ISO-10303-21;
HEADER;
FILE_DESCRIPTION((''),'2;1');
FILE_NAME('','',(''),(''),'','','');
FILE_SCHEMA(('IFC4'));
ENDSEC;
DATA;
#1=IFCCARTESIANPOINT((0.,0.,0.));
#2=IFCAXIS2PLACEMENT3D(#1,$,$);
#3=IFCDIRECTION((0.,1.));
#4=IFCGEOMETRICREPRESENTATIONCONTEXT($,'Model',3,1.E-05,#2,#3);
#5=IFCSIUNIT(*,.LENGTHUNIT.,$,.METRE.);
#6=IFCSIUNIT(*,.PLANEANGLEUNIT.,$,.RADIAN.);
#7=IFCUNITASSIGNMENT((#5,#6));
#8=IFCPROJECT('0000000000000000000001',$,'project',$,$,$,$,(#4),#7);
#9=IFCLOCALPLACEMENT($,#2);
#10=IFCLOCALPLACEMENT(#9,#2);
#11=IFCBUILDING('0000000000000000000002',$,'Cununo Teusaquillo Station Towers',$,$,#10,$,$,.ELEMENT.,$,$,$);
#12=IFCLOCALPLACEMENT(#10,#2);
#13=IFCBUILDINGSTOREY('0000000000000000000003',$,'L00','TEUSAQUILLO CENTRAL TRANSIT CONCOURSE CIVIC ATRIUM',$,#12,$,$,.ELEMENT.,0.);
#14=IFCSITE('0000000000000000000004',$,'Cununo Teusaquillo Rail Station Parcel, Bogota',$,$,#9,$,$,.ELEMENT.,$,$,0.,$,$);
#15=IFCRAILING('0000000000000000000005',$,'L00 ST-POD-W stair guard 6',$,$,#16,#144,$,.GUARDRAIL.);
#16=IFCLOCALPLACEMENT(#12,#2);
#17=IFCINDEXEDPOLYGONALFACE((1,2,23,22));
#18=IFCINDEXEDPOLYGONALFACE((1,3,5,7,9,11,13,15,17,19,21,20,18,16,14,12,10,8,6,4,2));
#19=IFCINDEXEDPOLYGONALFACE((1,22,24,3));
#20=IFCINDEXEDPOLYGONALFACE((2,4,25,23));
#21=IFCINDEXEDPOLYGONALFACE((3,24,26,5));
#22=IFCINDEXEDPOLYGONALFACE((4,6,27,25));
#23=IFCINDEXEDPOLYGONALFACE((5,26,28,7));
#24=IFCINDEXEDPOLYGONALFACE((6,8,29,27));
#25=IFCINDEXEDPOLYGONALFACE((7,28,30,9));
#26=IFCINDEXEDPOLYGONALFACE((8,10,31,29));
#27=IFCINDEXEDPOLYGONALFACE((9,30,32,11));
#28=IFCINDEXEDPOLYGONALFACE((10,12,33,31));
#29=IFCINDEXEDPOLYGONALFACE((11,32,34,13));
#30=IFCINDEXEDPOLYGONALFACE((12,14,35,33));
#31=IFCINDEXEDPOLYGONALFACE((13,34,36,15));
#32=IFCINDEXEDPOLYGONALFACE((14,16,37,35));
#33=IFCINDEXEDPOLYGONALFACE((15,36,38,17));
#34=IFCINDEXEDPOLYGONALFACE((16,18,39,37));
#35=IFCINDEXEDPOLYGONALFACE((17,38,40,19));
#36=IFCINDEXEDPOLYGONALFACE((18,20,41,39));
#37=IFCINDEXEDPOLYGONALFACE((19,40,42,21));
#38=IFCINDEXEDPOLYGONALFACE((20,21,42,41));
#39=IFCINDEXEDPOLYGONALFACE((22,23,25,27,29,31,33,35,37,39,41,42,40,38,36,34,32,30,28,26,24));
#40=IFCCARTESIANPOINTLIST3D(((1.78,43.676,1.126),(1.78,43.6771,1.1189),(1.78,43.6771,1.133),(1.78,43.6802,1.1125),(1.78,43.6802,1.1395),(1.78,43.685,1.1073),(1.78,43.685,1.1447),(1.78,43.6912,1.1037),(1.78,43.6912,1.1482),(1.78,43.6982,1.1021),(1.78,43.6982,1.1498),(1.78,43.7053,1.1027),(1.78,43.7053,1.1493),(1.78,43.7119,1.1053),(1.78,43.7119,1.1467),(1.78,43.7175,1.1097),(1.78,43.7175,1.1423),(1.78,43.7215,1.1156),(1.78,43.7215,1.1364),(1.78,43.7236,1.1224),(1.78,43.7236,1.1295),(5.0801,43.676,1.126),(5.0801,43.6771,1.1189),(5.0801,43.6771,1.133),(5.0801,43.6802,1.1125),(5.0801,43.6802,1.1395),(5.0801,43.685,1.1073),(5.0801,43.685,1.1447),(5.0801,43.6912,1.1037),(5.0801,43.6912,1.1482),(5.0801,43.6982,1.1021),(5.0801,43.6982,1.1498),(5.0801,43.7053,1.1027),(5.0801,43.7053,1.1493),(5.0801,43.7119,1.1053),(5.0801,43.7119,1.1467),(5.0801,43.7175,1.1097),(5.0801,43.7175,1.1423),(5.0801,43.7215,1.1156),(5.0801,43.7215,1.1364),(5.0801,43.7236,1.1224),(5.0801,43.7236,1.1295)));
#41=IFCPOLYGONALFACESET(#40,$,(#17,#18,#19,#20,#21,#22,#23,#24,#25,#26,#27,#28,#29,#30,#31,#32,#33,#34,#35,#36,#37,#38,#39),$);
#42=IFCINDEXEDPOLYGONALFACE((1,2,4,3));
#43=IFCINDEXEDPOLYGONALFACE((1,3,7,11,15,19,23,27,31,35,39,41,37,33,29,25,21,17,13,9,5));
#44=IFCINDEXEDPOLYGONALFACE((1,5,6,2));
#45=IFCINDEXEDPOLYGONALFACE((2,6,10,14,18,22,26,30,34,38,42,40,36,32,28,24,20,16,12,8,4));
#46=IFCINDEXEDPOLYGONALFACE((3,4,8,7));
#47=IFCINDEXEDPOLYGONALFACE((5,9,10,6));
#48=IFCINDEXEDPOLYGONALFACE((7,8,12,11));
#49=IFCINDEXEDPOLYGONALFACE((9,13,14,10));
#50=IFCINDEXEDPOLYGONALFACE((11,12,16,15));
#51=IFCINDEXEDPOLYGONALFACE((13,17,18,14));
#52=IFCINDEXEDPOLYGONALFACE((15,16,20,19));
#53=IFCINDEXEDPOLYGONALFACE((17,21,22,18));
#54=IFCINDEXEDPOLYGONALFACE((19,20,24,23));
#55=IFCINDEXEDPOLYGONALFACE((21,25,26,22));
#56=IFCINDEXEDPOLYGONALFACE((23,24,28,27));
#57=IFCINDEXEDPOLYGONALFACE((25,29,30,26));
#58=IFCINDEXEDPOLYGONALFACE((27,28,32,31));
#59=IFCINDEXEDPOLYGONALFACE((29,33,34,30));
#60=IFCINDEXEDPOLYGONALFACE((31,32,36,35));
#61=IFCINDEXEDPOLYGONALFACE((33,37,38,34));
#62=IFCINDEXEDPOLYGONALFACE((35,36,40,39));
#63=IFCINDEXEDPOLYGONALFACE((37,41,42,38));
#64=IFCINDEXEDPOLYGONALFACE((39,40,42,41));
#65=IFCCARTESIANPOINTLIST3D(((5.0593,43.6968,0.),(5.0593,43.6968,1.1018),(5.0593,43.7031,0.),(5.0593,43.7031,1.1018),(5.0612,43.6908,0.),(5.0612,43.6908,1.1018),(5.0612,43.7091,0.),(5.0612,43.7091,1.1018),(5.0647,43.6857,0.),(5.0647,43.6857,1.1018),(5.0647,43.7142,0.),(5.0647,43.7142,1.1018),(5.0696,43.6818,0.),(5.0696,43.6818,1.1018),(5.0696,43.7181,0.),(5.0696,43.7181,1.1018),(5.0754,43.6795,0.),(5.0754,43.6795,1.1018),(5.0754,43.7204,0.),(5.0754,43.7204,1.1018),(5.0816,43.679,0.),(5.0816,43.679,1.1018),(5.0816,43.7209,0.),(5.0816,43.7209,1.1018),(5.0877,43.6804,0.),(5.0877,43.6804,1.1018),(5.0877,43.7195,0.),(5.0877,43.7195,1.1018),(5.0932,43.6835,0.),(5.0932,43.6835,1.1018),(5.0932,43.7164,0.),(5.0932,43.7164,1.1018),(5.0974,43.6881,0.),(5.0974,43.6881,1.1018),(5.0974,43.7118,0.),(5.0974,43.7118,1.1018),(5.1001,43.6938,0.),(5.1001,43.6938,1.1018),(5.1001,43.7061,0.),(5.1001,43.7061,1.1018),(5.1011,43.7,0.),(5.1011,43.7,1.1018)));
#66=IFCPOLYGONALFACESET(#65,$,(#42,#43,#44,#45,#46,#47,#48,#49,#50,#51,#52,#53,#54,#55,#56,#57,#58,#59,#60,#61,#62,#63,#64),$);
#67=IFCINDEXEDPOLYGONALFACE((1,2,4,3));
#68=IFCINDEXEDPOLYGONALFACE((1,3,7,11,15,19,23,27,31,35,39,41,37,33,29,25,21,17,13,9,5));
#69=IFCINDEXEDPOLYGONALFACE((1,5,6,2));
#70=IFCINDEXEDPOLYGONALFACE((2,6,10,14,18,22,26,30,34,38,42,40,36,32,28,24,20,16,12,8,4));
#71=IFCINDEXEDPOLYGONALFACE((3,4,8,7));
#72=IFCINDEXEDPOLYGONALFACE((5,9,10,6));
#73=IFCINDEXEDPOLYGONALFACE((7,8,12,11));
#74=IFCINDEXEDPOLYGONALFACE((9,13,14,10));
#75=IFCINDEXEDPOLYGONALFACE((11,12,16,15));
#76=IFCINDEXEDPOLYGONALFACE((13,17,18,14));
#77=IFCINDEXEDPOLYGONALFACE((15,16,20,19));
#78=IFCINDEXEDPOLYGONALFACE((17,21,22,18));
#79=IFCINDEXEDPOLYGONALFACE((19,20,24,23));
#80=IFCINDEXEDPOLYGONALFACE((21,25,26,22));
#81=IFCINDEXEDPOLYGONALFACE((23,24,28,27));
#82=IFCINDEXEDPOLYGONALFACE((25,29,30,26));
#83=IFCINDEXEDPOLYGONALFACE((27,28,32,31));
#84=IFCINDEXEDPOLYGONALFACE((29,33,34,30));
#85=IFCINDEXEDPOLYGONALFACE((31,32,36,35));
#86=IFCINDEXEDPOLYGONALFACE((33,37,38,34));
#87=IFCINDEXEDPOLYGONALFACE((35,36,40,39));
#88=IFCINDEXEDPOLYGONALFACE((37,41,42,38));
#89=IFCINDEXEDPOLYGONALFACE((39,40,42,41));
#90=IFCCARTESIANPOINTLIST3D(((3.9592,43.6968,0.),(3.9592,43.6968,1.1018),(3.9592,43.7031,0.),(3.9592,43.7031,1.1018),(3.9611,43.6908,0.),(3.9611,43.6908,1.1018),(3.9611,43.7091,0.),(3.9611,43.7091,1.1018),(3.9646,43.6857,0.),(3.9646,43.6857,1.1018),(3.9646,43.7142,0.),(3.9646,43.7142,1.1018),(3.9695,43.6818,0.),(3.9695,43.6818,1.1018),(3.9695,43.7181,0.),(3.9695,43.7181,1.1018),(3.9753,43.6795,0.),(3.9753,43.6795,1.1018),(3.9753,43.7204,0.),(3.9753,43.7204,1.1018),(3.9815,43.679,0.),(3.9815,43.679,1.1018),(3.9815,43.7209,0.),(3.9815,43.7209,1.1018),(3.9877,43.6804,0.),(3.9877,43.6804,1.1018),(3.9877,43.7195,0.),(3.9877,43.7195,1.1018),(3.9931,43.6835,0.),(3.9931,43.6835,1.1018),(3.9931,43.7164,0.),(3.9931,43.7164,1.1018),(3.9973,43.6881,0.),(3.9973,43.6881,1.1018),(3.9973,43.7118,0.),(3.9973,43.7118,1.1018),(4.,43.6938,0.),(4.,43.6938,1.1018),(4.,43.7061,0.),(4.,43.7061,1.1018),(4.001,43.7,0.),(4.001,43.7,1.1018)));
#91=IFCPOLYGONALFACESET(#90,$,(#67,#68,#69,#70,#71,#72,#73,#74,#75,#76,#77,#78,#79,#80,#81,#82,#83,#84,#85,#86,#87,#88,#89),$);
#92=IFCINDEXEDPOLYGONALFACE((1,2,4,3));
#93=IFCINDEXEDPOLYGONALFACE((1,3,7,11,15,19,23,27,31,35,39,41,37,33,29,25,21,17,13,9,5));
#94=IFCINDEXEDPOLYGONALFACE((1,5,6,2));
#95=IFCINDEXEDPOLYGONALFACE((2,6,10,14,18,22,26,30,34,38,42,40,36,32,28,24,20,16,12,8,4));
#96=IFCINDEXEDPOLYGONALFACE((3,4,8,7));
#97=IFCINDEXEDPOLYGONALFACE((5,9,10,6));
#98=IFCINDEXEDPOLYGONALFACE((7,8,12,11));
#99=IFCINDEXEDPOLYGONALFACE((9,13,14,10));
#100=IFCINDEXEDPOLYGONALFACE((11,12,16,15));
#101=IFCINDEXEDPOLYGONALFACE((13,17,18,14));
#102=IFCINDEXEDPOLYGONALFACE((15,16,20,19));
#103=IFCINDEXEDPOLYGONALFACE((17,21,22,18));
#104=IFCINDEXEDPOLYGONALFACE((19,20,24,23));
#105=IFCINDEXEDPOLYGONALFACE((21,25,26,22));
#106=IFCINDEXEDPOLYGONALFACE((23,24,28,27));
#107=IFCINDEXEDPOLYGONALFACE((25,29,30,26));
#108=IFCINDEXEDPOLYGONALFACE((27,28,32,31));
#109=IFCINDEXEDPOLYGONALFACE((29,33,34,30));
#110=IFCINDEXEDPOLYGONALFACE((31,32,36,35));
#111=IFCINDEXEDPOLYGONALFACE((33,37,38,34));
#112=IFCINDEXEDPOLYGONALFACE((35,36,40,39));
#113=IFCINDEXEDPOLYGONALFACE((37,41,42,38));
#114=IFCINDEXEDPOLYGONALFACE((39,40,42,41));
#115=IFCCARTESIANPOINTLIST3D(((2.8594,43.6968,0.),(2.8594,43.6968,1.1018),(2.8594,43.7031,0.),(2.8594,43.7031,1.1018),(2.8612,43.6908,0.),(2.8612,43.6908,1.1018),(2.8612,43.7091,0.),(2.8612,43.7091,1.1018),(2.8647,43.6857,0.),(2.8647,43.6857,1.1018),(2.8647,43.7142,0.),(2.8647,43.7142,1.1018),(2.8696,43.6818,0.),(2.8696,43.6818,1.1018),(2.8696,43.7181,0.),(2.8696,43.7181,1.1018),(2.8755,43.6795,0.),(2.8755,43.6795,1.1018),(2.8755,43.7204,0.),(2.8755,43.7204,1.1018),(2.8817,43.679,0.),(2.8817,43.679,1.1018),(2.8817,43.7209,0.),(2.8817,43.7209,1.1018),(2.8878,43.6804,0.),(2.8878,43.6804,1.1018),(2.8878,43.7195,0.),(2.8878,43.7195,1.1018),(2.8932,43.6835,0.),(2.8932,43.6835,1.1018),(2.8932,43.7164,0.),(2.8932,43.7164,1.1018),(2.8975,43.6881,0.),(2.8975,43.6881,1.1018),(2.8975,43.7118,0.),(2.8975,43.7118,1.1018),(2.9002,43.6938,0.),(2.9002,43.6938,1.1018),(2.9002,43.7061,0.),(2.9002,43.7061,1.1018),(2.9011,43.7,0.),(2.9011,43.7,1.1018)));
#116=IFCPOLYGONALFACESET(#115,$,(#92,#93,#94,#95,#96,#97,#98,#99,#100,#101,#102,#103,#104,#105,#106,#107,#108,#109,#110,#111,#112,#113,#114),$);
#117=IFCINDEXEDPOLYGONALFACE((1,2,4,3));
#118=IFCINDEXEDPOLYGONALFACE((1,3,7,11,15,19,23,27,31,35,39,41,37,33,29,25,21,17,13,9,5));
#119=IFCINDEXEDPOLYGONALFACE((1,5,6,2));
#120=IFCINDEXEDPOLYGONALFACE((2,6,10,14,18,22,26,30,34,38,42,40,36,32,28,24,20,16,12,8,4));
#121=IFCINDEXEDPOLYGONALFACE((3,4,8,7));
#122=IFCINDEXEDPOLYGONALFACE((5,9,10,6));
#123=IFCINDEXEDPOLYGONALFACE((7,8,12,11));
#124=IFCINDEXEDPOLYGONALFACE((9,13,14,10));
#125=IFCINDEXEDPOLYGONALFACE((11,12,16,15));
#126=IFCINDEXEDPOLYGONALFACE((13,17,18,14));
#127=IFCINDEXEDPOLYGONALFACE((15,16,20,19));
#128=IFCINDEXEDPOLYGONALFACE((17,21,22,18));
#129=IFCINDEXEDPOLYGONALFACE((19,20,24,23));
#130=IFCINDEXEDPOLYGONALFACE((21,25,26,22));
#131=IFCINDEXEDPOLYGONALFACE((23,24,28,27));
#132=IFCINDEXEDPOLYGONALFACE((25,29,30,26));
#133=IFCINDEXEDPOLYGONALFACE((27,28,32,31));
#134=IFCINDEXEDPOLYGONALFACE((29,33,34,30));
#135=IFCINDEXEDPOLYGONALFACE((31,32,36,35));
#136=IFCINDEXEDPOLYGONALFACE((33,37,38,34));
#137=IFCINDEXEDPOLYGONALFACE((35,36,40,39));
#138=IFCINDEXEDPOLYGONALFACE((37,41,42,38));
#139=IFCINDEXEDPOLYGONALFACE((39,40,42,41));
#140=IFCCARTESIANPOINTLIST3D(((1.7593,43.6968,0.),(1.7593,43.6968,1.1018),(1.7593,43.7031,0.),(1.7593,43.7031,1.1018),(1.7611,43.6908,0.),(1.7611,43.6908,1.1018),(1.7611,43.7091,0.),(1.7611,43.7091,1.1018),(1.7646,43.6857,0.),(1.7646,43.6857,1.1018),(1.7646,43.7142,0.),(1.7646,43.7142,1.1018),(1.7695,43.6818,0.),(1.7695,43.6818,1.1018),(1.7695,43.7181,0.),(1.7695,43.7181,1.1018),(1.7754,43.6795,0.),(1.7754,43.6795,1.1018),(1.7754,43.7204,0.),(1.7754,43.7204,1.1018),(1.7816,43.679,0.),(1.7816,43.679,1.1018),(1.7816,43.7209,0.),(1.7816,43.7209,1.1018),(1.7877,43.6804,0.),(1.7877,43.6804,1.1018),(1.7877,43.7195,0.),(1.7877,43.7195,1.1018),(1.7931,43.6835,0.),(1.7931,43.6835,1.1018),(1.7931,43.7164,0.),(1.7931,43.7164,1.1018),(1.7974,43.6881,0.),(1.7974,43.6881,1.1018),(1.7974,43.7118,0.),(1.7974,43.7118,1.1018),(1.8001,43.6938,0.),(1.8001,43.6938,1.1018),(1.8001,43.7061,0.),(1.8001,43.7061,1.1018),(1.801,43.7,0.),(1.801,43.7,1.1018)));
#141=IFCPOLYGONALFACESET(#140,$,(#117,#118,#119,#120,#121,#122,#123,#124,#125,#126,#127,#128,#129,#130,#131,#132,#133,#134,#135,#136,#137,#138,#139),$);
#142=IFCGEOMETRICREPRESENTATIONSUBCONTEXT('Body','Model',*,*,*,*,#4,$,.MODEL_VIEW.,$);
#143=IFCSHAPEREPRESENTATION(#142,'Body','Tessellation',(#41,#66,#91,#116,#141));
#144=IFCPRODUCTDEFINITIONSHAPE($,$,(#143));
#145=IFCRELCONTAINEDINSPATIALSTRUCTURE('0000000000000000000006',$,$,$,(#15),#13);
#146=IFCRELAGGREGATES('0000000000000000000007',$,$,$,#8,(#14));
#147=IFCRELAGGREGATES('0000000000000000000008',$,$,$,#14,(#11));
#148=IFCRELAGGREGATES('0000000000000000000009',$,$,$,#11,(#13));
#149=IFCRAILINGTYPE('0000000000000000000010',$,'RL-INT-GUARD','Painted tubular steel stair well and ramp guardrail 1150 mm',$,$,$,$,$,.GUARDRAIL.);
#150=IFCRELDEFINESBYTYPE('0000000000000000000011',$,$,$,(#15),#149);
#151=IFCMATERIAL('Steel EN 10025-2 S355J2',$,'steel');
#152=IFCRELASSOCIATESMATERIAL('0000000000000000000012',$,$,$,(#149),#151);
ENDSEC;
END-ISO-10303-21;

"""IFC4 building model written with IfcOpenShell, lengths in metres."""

from ifc_helpers import new_model, si_unit, direction, frame, origin, origin_2d, place, context, subcontext, project, spatial, circle, extrude, material, type_object, element, save


model = new_model("IFC4")

# Units and contexts
model_context = context("Model", 3, precision=1e-05, world=origin(), true_north=direction((0.0, 1.0)))
body_context = subcontext(model_context, "Body", "Model", "MODEL_VIEW")
ifc_project = project(units=[si_unit("LENGTHUNIT", "METRE"), si_unit("PLANEANGLEUNIT", "RADIAN")], contexts=[model_context])

# Site, building, storey
site_placement = place(None, origin())
site = spatial("IfcSite", under=ifc_project, at=site_placement, Name="Cununo Teusaquillo Rail Station Parcel, Bogota", CompositionType="ELEMENT", RefElevation=0.0)
building_placement = place(site_placement, origin())
building = spatial("IfcBuilding", under=site, at=building_placement, Name="Cununo Teusaquillo Station Towers", CompositionType="ELEMENT")
storey_placement = place(building_placement, origin())
storey = spatial("IfcBuildingStorey", under=building, at=storey_placement, Name="L00", Description="TEUSAQUILLO CENTRAL TRANSIT CONCOURSE CIVIC ATRIUM", CompositionType="ELEMENT", Elevation=0.0)

# Railing
ifc_material_1 = material(Name="Steel EN 10025-2 S355J2", Category="steel")
railing_type_1 = type_object("IfcRailingType", Name="RL-INT-GUARD", Description="Painted tubular steel stair well and ramp guardrail 1150 mm", PredefinedType="GUARDRAIL", material=ifc_material_1)
railing_1_placement = place(storey_placement, frame((5.0801, 43.7, 0.0)))
element("IfcRailing", 1, at=railing_1_placement, inside=storey, type_object=railing_type_1, Name="L00 ST-POD-W stair guard 6", PredefinedType="GUARDRAIL", context=body_context, shape_type="SweptSolid", body=[
    extrude(circle(Radius=0.0239, at=origin_2d()), frame((0.0, 0.0, 1.126), z_axis=(-1.0, 0.0, 0.0), x_axis=(0.0, -1.0, 0.0)), (0.0, 0.0, 1.0), 3.3),
    extrude(circle(Radius=0.021, at=origin_2d()), origin(), (0.0, 0.0, 1.0), 1.1018),
    extrude(circle(Radius=0.021, at=origin_2d()), frame((-1.1001, 0.0, 0.0)), (0.0, 0.0, 1.0), 1.1018),
    extrude(circle(Radius=0.021, at=origin_2d()), frame((-2.2, 0.0, 0.0)), (0.0, 0.0, 1.0), 1.1018),
    extrude(circle(Radius=0.021, at=origin_2d()), frame((-3.3, 0.0, 0.0)), (0.0, 0.0, 1.0), 1.1018),
])

save(model, "model.ifc")
